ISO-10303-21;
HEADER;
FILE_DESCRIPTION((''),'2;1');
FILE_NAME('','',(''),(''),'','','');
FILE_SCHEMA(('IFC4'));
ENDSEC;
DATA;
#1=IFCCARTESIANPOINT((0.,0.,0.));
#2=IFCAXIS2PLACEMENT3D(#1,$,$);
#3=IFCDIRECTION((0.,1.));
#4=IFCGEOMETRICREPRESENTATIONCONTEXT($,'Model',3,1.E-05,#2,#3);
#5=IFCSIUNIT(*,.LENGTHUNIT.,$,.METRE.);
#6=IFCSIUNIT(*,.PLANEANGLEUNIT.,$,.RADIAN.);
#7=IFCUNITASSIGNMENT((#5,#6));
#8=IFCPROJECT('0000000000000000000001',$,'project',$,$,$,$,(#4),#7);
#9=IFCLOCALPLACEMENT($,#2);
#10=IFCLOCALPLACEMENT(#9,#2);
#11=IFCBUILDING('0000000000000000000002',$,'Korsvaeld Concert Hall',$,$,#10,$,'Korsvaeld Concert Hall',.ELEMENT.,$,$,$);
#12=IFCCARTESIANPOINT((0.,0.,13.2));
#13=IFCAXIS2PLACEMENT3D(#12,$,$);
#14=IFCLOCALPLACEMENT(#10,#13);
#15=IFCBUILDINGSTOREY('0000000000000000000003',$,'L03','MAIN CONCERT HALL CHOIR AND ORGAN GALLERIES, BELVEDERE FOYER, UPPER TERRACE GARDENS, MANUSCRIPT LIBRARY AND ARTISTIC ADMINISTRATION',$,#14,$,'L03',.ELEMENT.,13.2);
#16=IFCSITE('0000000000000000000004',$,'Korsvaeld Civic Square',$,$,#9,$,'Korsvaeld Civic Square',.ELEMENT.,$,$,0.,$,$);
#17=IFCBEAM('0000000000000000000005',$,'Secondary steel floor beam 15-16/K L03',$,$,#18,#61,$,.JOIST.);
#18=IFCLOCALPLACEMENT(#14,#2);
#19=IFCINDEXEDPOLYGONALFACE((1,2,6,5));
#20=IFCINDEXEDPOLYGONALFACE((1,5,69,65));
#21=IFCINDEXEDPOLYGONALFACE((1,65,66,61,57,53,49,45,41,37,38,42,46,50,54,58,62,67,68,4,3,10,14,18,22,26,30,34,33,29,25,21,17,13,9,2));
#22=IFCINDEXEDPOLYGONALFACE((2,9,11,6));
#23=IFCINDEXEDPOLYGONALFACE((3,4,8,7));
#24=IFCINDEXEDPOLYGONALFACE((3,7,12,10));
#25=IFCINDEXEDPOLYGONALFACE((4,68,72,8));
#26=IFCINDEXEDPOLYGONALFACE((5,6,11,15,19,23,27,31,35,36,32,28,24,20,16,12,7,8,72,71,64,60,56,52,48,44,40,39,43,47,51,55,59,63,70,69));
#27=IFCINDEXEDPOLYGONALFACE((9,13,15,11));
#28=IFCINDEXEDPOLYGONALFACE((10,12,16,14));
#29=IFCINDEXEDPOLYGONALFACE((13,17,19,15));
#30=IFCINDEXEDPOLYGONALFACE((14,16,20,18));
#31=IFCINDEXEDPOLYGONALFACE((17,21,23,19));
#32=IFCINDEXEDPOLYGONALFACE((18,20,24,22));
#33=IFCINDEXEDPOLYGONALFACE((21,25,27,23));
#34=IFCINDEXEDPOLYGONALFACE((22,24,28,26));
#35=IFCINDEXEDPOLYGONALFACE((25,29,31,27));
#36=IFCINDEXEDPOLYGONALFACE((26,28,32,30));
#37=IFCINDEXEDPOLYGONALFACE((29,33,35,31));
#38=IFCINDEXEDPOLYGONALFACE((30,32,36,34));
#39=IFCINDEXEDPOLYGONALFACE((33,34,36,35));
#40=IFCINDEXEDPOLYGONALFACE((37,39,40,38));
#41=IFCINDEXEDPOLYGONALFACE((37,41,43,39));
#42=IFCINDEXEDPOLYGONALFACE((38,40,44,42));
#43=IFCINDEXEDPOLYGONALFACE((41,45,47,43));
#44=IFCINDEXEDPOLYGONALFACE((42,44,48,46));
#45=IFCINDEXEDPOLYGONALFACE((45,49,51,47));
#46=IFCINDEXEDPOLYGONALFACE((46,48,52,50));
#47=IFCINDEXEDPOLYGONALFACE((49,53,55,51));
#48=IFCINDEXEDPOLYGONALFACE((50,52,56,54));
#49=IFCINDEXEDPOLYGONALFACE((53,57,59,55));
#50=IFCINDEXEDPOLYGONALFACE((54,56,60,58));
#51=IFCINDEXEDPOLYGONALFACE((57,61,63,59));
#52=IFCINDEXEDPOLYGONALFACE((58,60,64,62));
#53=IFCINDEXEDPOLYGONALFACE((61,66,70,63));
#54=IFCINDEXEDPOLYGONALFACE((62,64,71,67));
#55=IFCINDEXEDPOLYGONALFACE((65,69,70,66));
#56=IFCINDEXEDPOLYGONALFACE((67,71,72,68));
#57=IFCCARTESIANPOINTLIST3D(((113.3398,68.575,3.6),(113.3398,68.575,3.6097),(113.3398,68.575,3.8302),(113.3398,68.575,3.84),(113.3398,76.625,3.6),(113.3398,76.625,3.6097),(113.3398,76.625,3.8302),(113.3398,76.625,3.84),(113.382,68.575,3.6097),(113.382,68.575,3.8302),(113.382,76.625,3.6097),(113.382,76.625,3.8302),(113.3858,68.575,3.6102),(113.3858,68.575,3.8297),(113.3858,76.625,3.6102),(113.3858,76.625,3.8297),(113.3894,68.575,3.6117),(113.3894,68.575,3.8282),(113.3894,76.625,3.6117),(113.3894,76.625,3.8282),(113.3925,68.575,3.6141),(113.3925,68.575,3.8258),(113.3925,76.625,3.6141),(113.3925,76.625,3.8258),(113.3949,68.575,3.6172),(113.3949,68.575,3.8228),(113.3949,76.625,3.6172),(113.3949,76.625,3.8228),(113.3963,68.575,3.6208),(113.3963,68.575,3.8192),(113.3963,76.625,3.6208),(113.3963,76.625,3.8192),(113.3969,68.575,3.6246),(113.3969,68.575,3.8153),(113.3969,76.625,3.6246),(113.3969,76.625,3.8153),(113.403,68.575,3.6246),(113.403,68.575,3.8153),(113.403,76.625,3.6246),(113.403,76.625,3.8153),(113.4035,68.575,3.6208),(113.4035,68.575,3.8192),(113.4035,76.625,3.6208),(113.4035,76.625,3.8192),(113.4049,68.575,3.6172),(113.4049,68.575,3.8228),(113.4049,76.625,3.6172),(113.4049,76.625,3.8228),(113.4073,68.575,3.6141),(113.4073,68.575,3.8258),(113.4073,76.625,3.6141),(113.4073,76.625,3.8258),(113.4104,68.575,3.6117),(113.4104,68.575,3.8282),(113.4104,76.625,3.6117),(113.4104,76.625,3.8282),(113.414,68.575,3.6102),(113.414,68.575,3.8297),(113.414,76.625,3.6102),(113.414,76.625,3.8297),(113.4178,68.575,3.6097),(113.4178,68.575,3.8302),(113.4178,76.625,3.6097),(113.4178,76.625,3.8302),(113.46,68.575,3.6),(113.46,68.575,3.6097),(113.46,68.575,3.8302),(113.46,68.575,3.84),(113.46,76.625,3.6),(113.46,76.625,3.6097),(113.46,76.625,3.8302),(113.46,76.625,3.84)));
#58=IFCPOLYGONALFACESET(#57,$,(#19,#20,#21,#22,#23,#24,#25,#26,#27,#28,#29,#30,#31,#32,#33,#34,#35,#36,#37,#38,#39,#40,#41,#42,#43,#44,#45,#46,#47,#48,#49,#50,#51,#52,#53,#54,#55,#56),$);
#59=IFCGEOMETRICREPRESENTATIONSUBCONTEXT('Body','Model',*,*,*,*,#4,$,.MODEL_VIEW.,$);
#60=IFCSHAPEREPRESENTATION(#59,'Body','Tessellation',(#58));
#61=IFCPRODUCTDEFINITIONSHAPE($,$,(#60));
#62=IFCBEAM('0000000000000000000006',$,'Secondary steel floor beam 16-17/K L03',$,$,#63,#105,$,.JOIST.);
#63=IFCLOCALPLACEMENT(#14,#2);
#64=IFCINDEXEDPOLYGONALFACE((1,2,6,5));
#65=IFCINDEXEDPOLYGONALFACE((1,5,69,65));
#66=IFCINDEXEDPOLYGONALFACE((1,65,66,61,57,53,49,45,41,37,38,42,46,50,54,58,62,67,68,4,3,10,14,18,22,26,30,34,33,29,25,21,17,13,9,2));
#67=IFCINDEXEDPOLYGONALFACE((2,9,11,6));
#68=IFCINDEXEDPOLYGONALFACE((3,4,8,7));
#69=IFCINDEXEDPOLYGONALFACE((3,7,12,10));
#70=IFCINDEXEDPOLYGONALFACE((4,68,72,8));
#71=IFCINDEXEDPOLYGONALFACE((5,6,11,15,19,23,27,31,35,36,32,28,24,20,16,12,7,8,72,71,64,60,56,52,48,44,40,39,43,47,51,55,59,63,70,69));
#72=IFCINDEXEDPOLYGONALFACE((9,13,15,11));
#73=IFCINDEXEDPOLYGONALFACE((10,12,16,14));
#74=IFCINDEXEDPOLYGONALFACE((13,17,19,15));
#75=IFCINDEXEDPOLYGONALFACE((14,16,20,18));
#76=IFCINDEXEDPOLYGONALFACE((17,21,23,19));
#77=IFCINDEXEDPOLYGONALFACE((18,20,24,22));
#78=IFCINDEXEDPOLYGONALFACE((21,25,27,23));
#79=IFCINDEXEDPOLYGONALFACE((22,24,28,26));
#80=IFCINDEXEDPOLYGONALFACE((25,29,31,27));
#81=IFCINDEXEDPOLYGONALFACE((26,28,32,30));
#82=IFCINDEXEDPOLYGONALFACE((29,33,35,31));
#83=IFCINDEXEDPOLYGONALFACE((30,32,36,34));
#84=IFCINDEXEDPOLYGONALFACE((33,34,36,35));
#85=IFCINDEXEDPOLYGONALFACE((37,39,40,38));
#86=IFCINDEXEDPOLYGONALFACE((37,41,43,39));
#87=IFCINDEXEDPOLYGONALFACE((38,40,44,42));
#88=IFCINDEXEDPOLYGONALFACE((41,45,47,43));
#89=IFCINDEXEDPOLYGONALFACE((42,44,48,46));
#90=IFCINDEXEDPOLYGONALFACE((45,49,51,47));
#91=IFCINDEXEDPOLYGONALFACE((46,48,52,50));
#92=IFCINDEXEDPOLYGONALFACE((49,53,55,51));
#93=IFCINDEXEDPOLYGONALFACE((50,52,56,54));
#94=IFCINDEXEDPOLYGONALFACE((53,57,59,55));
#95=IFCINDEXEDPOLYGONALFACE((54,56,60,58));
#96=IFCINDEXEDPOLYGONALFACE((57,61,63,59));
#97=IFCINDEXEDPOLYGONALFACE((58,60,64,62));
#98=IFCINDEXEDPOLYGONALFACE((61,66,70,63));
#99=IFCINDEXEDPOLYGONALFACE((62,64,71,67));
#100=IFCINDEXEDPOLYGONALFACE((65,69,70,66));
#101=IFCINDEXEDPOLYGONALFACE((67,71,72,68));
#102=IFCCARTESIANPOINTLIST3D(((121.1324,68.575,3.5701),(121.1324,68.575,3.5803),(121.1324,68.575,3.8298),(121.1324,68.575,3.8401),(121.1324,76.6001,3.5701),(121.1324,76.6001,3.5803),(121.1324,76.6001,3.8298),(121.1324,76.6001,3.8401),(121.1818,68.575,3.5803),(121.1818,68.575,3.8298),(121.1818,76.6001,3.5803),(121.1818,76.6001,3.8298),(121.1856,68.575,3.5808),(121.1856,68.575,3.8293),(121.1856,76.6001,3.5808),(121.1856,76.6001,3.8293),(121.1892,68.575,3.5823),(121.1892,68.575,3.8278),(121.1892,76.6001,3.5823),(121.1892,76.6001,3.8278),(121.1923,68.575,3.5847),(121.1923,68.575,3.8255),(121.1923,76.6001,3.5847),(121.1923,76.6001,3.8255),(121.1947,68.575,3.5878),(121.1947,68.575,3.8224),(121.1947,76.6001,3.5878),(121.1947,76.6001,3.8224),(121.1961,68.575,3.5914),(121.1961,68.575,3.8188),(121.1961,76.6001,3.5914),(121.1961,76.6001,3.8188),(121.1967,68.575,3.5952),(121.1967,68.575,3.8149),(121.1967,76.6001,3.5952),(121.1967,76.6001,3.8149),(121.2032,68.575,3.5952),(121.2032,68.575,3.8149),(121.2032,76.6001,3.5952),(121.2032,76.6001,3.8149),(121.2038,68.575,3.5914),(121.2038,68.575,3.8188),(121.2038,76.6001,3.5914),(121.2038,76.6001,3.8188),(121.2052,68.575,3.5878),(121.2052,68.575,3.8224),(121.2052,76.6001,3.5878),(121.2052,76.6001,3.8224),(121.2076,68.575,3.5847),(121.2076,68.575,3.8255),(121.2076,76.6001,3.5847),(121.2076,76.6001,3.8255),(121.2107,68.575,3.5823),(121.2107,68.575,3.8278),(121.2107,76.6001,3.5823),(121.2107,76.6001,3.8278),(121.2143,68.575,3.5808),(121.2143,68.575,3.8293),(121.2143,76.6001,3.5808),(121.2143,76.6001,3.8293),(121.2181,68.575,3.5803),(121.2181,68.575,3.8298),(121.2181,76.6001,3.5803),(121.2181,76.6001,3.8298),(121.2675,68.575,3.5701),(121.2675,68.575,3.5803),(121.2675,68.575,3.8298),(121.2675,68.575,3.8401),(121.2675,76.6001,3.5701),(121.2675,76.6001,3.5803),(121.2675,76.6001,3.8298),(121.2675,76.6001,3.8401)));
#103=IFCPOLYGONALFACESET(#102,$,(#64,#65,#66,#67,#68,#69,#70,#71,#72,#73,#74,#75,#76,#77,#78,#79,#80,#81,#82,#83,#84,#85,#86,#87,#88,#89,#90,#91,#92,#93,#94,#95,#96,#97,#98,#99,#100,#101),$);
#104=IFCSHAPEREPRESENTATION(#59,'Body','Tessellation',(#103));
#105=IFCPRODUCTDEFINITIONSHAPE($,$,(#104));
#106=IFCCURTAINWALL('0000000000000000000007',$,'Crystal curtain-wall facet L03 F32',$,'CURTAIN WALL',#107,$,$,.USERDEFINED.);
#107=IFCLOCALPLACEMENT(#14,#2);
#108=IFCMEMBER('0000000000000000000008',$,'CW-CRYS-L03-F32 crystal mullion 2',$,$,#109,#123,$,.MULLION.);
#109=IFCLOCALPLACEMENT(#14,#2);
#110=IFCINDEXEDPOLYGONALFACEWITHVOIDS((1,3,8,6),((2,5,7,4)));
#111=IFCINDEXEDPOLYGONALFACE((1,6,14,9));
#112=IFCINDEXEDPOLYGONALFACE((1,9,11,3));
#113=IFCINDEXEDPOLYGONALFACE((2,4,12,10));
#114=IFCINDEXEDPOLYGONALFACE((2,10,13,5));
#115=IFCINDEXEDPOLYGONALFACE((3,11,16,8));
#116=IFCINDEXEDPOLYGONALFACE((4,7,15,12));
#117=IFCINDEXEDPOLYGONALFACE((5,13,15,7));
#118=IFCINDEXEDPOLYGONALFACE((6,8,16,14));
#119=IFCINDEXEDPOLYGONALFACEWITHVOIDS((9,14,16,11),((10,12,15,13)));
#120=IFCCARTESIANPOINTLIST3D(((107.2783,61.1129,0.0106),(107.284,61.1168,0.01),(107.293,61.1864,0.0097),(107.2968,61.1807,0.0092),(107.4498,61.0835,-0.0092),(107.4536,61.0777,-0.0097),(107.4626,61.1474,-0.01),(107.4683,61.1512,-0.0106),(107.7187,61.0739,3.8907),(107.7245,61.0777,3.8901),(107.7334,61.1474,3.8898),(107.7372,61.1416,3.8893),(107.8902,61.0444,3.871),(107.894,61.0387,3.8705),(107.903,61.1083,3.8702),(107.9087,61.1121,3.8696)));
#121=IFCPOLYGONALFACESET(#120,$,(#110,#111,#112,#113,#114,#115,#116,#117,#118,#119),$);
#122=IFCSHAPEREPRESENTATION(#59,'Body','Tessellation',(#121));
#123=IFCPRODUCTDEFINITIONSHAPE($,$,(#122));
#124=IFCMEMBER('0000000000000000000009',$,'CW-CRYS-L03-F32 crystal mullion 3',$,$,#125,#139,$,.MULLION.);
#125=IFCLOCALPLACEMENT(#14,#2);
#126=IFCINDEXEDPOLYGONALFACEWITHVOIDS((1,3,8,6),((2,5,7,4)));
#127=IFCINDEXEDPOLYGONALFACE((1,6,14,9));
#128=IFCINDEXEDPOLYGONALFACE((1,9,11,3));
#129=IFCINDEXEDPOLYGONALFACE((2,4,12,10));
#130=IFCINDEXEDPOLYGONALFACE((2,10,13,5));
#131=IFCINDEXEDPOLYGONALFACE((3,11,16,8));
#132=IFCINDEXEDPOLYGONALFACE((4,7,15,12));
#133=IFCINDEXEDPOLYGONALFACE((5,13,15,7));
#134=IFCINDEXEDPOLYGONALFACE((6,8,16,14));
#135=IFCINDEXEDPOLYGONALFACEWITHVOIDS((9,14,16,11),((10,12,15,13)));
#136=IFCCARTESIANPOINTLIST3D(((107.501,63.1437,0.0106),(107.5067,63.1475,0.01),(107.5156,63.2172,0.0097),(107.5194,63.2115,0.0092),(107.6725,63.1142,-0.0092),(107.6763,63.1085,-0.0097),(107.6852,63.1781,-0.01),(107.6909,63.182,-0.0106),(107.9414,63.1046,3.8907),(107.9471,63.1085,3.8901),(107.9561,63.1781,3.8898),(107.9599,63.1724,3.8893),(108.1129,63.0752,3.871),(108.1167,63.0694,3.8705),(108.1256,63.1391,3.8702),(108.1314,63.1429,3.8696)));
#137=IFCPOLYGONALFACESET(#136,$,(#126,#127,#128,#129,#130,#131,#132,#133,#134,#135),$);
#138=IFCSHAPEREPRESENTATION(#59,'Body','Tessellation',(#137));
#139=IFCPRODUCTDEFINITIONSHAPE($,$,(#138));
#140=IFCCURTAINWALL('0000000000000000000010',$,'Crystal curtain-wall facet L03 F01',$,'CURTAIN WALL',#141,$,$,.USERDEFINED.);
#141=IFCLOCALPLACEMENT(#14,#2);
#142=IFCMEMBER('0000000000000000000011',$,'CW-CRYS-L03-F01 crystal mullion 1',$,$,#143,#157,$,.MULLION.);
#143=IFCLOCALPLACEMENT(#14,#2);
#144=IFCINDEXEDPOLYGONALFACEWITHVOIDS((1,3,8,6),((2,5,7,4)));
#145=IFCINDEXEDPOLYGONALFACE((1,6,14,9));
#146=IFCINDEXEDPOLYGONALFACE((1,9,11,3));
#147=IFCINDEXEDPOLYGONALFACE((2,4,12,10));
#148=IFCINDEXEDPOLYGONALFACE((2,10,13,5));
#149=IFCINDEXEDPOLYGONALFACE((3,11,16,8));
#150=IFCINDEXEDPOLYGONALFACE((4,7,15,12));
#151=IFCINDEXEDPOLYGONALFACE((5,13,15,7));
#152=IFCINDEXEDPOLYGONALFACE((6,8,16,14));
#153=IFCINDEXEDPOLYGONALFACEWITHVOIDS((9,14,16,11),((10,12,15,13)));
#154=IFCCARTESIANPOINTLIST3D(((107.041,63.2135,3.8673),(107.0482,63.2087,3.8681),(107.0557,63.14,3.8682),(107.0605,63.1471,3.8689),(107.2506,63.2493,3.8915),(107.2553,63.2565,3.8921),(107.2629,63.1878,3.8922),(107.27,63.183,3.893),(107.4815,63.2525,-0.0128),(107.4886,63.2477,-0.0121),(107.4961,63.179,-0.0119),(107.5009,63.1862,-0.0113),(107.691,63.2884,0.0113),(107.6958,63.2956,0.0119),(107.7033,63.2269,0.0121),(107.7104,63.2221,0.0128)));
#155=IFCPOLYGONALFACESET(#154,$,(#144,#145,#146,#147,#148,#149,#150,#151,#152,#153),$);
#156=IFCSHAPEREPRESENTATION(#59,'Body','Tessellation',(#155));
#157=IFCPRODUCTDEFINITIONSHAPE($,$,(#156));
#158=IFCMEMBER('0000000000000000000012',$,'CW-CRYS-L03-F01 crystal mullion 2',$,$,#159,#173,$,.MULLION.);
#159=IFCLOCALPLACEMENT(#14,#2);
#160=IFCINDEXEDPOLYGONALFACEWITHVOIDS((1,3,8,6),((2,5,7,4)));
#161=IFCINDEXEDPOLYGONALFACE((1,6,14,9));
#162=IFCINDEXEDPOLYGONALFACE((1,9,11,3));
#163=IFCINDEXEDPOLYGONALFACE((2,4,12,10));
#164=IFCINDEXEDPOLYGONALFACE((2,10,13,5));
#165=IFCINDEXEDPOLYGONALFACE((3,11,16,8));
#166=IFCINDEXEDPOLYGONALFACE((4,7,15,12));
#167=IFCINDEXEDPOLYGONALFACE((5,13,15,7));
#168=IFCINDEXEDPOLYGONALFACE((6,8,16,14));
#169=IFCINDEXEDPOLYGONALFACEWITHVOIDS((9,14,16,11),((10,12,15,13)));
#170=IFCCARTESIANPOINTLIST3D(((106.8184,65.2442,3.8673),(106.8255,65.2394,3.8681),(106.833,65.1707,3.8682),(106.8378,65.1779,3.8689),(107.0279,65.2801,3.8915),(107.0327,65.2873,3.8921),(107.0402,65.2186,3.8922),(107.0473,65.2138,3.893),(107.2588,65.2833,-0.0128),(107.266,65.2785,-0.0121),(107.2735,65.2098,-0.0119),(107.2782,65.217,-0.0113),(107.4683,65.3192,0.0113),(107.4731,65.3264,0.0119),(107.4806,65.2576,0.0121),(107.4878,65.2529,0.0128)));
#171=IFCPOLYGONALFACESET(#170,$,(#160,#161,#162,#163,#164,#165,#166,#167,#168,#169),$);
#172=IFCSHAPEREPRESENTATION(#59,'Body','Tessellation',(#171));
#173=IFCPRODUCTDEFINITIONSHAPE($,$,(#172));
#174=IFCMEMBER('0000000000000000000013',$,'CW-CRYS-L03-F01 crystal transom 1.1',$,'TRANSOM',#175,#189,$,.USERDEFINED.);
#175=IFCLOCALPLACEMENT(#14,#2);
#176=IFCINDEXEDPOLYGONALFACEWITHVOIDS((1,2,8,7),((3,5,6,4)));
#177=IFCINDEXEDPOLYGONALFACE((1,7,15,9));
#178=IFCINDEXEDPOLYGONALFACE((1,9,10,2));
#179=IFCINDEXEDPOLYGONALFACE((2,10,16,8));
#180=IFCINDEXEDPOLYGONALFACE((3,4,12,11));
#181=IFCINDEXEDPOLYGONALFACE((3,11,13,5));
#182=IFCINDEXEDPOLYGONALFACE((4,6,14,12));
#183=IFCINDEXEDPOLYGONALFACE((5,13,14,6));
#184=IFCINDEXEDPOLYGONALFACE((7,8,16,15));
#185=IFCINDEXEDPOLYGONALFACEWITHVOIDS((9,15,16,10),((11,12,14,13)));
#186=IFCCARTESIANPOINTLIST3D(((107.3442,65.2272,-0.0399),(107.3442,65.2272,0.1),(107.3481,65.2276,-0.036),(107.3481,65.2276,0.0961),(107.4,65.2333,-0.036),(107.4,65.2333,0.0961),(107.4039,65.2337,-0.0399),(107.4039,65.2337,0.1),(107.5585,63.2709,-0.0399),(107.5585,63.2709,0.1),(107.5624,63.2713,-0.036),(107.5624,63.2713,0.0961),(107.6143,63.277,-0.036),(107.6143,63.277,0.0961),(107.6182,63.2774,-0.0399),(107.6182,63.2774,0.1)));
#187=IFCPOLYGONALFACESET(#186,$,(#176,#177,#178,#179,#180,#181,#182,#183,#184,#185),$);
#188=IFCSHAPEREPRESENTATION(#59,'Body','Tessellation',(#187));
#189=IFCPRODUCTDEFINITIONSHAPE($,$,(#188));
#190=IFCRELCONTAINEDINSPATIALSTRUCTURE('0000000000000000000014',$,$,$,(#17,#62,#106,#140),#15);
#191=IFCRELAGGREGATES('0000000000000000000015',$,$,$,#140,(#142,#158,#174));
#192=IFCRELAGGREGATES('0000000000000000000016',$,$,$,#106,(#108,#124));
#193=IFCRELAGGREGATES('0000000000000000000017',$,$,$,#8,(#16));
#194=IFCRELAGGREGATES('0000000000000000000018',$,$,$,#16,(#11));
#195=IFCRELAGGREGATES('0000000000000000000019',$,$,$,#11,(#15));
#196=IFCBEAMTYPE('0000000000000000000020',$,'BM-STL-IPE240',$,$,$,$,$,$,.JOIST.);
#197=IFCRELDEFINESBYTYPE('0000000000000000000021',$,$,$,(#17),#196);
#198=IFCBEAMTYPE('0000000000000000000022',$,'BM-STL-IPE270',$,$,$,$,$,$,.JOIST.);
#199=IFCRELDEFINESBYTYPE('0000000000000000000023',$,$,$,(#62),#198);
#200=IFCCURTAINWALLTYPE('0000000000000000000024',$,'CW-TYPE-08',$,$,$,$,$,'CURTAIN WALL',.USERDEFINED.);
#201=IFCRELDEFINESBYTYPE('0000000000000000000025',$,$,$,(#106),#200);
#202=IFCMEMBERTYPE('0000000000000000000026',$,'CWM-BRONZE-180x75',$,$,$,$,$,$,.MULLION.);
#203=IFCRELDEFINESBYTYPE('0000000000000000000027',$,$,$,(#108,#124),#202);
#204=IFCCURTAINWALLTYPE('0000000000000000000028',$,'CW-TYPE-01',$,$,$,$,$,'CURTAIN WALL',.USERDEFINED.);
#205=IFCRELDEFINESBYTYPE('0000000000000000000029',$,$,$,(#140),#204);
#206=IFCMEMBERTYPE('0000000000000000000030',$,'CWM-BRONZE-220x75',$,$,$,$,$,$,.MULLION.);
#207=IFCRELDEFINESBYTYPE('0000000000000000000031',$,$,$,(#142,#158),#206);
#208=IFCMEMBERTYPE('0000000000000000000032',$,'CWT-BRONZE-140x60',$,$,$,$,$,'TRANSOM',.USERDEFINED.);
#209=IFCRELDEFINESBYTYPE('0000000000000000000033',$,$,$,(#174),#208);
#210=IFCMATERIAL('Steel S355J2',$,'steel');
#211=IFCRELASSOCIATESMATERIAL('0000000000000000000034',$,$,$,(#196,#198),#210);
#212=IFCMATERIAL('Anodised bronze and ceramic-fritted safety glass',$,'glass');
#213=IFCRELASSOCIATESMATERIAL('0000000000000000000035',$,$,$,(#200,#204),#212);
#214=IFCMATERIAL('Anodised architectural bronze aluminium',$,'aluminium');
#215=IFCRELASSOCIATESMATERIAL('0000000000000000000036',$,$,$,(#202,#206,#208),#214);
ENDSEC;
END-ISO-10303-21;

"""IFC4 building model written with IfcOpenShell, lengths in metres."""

from ifc_helpers import new_model, si_unit, direction, frame, origin, origin_2d, place, context, subcontext, project, spatial, hollow_rectangle, i_section, extrude, material, material_profile, profile_set, type_object, element, aggregate, save


model = new_model("IFC4")

# Units and contexts
model_context = context("Model", 3, precision=1e-05, world=origin(), true_north=direction((0.0, 1.0)))
body_context = subcontext(model_context, "Body", "Model", "MODEL_VIEW")
ifc_project = project(units=[si_unit("LENGTHUNIT", "METRE"), si_unit("PLANEANGLEUNIT", "RADIAN")], contexts=[model_context])

# Site, building, storey
site_placement = place(None, origin())
site = spatial("IfcSite", under=ifc_project, at=site_placement, Name="Korsvaeld Civic Square", LongName="Korsvaeld Civic Square", CompositionType="ELEMENT", RefElevation=0.0)
building_placement = place(site_placement, origin())
building = spatial("IfcBuilding", under=site, at=building_placement, Name="Korsvaeld Concert Hall", LongName="Korsvaeld Concert Hall", CompositionType="ELEMENT")
storey_placement = place(building_placement, frame((0.0, 0.0, 13.2)))
storey = spatial("IfcBuildingStorey", under=building, at=storey_placement, Name="L03", Description="MAIN CONCERT HALL CHOIR AND ORGAN GALLERIES, BELVEDERE FOYER, UPPER TERRACE GARDENS, MANUSCRIPT LIBRARY AND ARTISTIC ADMINISTRATION", LongName="L03", CompositionType="ELEMENT", Elevation=13.2)

# Beams
ifc_material_1 = material(Name="Steel S355J2", Category="steel")
ifc_material_profile_1 = material_profile(ifc_material_1, i_section(OverallWidth=0.1201, OverallDepth=0.24, WebThickness=0.0061, FlangeThickness=0.0098, FilletRadius=0.0149, at=origin_2d()), Name="IPE 240")
ifc_profile_set_1 = profile_set([ifc_material_profile_1], Name="Steel S355J2")
beam_type_1 = type_object("IfcBeamType", Name="BM-STL-IPE240", PredefinedType="JOIST", material=ifc_profile_set_1)
beam_1_placement = place(storey_placement, frame((113.3999, 68.575, 3.72), z_axis=(0.0, 1.0, 0.0), x_axis=(-1.0, 0.0, 0.0)))
element("IfcBeam", 1, at=beam_1_placement, inside=storey, type_object=beam_type_1, Name="Secondary steel floor beam 15-16/K L03", PredefinedType="JOIST", context=body_context, shape_type="SweptSolid", body=[
    extrude(i_section(OverallWidth=0.1201, OverallDepth=0.24, WebThickness=0.0061, FlangeThickness=0.0098, FilletRadius=0.0149, at=origin_2d()), origin(), (0.0, 0.0, 1.0), 8.05),
])
ifc_material_profile_2 = material_profile(ifc_material_1, i_section(OverallWidth=0.135, OverallDepth=0.27, WebThickness=0.0066, FlangeThickness=0.0103, FilletRadius=0.0149, at=origin_2d()), Name="IPE 270")
ifc_profile_set_2 = profile_set([ifc_material_profile_2], Name="Steel S355J2")
beam_type_2 = type_object("IfcBeamType", Name="BM-STL-IPE270", PredefinedType="JOIST", material=ifc_profile_set_2)
beam_2_placement = place(storey_placement, frame((121.2, 68.575, 3.7051), z_axis=(0.0, 1.0, 0.0), x_axis=(-1.0, 0.0, 0.0)))
element("IfcBeam", 2, at=beam_2_placement, inside=storey, type_object=beam_type_2, Name="Secondary steel floor beam 16-17/K L03", PredefinedType="JOIST", context=body_context, shape_type="SweptSolid", body=[
    extrude(i_section(OverallWidth=0.135, OverallDepth=0.27, WebThickness=0.0066, FlangeThickness=0.0103, FilletRadius=0.0149, at=origin_2d()), origin(), (0.0, 0.0, 1.0), 8.0251),
])

# Curtain walls, members
ifc_material_2 = material(Name="Anodised bronze and ceramic-fritted safety glass", Category="glass")
curtain_wall_type_1 = type_object("IfcCurtainWallType", Name="CW-TYPE-08", ElementType="CURTAIN WALL", PredefinedType="USERDEFINED", material=ifc_material_2)
curtain_wall_1_placement = place(storey_placement, origin())
curtain_wall_1 = element("IfcCurtainWall", 3, at=curtain_wall_1_placement, inside=storey, type_object=curtain_wall_type_1, Name="Crystal curtain-wall facet L03 F32", ObjectType="CURTAIN WALL", PredefinedType="USERDEFINED")
ifc_material_3 = material(Name="Anodised architectural bronze aluminium", Category="aluminium")
ifc_material_profile_3 = material_profile(ifc_material_3, hollow_rectangle(XDim=0.075, YDim=0.1799, WallThickness=0.0049, at=origin_2d()), Name="CWM 180x75x5")
ifc_profile_set_3 = profile_set([ifc_material_profile_3], Name="Anodised architectural bronze aluminium")
member_type_1 = type_object("IfcMemberType", Name="CWM-BRONZE-180x75", PredefinedType="MULLION", material=ifc_profile_set_3)
member_1_placement = place(storey_placement, frame((107.3733, 61.1321, 0.0), z_axis=(0.112779, -0.010003, 0.99357), x_axis=(-0.195691, -0.980588, 0.012341)))
member_1 = element("IfcMember", 4, at=member_1_placement, type_object=member_type_1, Name="CW-CRYS-L03-F32 crystal mullion 2", PredefinedType="MULLION", context=body_context, shape_type="SweptSolid", body=[
    extrude(hollow_rectangle(XDim=0.075, YDim=0.1799, WallThickness=0.0049, at=origin_2d()), origin(), (0.0, 0.0, 1.0), 3.9053),
])
member_2_placement = place(storey_placement, frame((107.5959, 63.1628, 0.0), z_axis=(0.112779, -0.010003, 0.99357), x_axis=(-0.195691, -0.980588, 0.012341)))
member_2 = element("IfcMember", 5, at=member_2_placement, type_object=member_type_1, Name="CW-CRYS-L03-F32 crystal mullion 3", PredefinedType="MULLION", context=body_context, shape_type="SweptSolid", body=[
    extrude(hollow_rectangle(XDim=0.075, YDim=0.1799, WallThickness=0.0049, at=origin_2d()), origin(), (0.0, 0.0, 1.0), 3.9053),
])
curtain_wall_type_2 = type_object("IfcCurtainWallType", Name="CW-TYPE-01", ElementType="CURTAIN WALL", PredefinedType="USERDEFINED", material=ifc_material_2)
curtain_wall_2_placement = place(storey_placement, origin())
curtain_wall_2 = element("IfcCurtainWall", 6, at=curtain_wall_2_placement, inside=storey, type_object=curtain_wall_type_2, Name="Crystal curtain-wall facet L03 F01", ObjectType="CURTAIN WALL", PredefinedType="USERDEFINED")
ifc_material_profile_4 = material_profile(ifc_material_3, hollow_rectangle(XDim=0.075, YDim=0.22, WallThickness=0.0061, at=origin_2d()), Name="CWM 220x75x6")
ifc_profile_set_4 = profile_set([ifc_material_profile_4], Name="Anodised architectural bronze aluminium")
member_type_2 = type_object("IfcMemberType", Name="CWM-BRONZE-220x75", PredefinedType="MULLION", material=ifc_profile_set_4)
member_3_placement = place(storey_placement, frame((107.5959, 63.2373, 0.0), z_axis=(-0.112779, -0.010003, 0.99357), x_axis=(-0.195691, 0.980588, -0.012341)))
member_3 = element("IfcMember", 7, at=member_3_placement, type_object=member_type_2, Name="CW-CRYS-L03-F01 crystal mullion 1", PredefinedType="MULLION", context=body_context, shape_type="SweptSolid", body=[
    extrude(hollow_rectangle(XDim=0.075, YDim=0.22, WallThickness=0.0061, at=origin_2d()), origin(), (0.0, 0.0, 1.0), 3.9053),
])
member_4_placement = place(storey_placement, frame((107.3733, 65.2681, 0.0), z_axis=(-0.112779, -0.010003, 0.99357), x_axis=(-0.195691, 0.980588, -0.012341)))
member_4 = element("IfcMember", 8, at=member_4_placement, type_object=member_type_2, Name="CW-CRYS-L03-F01 crystal mullion 2", PredefinedType="MULLION", context=body_context, shape_type="SweptSolid", body=[
    extrude(hollow_rectangle(XDim=0.075, YDim=0.22, WallThickness=0.0061, at=origin_2d()), origin(), (0.0, 0.0, 1.0), 3.9053),
])
ifc_material_profile_5 = material_profile(ifc_material_3, hollow_rectangle(XDim=0.0601, YDim=0.1399, WallThickness=0.0039, at=origin_2d()), Name="CWT 140x60x4")
ifc_profile_set_5 = profile_set([ifc_material_profile_5], Name="Anodised architectural bronze aluminium")
member_type_3 = type_object("IfcMemberType", Name="CWT-BRONZE-140x60", ElementType="TRANSOM", PredefinedType="USERDEFINED", material=ifc_profile_set_5)
member_5_placement = place(storey_placement, frame((107.5884, 63.2742, 0.03), z_axis=(-0.10892, 0.994051, 0.0), x_axis=(-0.994051, -0.10892, 0.0)))
member_5 = element("IfcMember", 9, at=member_5_placement, type_object=member_type_3, Name="CW-CRYS-L03-F01 crystal transom 1.1", ObjectType="TRANSOM", PredefinedType="USERDEFINED", context=body_context, shape_type="SweptSolid", body=[
    extrude(hollow_rectangle(XDim=0.0601, YDim=0.1399, WallThickness=0.0039, at=origin_2d()), origin(), (0.0, 0.0, 1.0), 1.968),
])

aggregate(curtain_wall_2, [member_3, member_4, member_5])
aggregate(curtain_wall_1, [member_1, member_2])

save(model, "model.ifc")
